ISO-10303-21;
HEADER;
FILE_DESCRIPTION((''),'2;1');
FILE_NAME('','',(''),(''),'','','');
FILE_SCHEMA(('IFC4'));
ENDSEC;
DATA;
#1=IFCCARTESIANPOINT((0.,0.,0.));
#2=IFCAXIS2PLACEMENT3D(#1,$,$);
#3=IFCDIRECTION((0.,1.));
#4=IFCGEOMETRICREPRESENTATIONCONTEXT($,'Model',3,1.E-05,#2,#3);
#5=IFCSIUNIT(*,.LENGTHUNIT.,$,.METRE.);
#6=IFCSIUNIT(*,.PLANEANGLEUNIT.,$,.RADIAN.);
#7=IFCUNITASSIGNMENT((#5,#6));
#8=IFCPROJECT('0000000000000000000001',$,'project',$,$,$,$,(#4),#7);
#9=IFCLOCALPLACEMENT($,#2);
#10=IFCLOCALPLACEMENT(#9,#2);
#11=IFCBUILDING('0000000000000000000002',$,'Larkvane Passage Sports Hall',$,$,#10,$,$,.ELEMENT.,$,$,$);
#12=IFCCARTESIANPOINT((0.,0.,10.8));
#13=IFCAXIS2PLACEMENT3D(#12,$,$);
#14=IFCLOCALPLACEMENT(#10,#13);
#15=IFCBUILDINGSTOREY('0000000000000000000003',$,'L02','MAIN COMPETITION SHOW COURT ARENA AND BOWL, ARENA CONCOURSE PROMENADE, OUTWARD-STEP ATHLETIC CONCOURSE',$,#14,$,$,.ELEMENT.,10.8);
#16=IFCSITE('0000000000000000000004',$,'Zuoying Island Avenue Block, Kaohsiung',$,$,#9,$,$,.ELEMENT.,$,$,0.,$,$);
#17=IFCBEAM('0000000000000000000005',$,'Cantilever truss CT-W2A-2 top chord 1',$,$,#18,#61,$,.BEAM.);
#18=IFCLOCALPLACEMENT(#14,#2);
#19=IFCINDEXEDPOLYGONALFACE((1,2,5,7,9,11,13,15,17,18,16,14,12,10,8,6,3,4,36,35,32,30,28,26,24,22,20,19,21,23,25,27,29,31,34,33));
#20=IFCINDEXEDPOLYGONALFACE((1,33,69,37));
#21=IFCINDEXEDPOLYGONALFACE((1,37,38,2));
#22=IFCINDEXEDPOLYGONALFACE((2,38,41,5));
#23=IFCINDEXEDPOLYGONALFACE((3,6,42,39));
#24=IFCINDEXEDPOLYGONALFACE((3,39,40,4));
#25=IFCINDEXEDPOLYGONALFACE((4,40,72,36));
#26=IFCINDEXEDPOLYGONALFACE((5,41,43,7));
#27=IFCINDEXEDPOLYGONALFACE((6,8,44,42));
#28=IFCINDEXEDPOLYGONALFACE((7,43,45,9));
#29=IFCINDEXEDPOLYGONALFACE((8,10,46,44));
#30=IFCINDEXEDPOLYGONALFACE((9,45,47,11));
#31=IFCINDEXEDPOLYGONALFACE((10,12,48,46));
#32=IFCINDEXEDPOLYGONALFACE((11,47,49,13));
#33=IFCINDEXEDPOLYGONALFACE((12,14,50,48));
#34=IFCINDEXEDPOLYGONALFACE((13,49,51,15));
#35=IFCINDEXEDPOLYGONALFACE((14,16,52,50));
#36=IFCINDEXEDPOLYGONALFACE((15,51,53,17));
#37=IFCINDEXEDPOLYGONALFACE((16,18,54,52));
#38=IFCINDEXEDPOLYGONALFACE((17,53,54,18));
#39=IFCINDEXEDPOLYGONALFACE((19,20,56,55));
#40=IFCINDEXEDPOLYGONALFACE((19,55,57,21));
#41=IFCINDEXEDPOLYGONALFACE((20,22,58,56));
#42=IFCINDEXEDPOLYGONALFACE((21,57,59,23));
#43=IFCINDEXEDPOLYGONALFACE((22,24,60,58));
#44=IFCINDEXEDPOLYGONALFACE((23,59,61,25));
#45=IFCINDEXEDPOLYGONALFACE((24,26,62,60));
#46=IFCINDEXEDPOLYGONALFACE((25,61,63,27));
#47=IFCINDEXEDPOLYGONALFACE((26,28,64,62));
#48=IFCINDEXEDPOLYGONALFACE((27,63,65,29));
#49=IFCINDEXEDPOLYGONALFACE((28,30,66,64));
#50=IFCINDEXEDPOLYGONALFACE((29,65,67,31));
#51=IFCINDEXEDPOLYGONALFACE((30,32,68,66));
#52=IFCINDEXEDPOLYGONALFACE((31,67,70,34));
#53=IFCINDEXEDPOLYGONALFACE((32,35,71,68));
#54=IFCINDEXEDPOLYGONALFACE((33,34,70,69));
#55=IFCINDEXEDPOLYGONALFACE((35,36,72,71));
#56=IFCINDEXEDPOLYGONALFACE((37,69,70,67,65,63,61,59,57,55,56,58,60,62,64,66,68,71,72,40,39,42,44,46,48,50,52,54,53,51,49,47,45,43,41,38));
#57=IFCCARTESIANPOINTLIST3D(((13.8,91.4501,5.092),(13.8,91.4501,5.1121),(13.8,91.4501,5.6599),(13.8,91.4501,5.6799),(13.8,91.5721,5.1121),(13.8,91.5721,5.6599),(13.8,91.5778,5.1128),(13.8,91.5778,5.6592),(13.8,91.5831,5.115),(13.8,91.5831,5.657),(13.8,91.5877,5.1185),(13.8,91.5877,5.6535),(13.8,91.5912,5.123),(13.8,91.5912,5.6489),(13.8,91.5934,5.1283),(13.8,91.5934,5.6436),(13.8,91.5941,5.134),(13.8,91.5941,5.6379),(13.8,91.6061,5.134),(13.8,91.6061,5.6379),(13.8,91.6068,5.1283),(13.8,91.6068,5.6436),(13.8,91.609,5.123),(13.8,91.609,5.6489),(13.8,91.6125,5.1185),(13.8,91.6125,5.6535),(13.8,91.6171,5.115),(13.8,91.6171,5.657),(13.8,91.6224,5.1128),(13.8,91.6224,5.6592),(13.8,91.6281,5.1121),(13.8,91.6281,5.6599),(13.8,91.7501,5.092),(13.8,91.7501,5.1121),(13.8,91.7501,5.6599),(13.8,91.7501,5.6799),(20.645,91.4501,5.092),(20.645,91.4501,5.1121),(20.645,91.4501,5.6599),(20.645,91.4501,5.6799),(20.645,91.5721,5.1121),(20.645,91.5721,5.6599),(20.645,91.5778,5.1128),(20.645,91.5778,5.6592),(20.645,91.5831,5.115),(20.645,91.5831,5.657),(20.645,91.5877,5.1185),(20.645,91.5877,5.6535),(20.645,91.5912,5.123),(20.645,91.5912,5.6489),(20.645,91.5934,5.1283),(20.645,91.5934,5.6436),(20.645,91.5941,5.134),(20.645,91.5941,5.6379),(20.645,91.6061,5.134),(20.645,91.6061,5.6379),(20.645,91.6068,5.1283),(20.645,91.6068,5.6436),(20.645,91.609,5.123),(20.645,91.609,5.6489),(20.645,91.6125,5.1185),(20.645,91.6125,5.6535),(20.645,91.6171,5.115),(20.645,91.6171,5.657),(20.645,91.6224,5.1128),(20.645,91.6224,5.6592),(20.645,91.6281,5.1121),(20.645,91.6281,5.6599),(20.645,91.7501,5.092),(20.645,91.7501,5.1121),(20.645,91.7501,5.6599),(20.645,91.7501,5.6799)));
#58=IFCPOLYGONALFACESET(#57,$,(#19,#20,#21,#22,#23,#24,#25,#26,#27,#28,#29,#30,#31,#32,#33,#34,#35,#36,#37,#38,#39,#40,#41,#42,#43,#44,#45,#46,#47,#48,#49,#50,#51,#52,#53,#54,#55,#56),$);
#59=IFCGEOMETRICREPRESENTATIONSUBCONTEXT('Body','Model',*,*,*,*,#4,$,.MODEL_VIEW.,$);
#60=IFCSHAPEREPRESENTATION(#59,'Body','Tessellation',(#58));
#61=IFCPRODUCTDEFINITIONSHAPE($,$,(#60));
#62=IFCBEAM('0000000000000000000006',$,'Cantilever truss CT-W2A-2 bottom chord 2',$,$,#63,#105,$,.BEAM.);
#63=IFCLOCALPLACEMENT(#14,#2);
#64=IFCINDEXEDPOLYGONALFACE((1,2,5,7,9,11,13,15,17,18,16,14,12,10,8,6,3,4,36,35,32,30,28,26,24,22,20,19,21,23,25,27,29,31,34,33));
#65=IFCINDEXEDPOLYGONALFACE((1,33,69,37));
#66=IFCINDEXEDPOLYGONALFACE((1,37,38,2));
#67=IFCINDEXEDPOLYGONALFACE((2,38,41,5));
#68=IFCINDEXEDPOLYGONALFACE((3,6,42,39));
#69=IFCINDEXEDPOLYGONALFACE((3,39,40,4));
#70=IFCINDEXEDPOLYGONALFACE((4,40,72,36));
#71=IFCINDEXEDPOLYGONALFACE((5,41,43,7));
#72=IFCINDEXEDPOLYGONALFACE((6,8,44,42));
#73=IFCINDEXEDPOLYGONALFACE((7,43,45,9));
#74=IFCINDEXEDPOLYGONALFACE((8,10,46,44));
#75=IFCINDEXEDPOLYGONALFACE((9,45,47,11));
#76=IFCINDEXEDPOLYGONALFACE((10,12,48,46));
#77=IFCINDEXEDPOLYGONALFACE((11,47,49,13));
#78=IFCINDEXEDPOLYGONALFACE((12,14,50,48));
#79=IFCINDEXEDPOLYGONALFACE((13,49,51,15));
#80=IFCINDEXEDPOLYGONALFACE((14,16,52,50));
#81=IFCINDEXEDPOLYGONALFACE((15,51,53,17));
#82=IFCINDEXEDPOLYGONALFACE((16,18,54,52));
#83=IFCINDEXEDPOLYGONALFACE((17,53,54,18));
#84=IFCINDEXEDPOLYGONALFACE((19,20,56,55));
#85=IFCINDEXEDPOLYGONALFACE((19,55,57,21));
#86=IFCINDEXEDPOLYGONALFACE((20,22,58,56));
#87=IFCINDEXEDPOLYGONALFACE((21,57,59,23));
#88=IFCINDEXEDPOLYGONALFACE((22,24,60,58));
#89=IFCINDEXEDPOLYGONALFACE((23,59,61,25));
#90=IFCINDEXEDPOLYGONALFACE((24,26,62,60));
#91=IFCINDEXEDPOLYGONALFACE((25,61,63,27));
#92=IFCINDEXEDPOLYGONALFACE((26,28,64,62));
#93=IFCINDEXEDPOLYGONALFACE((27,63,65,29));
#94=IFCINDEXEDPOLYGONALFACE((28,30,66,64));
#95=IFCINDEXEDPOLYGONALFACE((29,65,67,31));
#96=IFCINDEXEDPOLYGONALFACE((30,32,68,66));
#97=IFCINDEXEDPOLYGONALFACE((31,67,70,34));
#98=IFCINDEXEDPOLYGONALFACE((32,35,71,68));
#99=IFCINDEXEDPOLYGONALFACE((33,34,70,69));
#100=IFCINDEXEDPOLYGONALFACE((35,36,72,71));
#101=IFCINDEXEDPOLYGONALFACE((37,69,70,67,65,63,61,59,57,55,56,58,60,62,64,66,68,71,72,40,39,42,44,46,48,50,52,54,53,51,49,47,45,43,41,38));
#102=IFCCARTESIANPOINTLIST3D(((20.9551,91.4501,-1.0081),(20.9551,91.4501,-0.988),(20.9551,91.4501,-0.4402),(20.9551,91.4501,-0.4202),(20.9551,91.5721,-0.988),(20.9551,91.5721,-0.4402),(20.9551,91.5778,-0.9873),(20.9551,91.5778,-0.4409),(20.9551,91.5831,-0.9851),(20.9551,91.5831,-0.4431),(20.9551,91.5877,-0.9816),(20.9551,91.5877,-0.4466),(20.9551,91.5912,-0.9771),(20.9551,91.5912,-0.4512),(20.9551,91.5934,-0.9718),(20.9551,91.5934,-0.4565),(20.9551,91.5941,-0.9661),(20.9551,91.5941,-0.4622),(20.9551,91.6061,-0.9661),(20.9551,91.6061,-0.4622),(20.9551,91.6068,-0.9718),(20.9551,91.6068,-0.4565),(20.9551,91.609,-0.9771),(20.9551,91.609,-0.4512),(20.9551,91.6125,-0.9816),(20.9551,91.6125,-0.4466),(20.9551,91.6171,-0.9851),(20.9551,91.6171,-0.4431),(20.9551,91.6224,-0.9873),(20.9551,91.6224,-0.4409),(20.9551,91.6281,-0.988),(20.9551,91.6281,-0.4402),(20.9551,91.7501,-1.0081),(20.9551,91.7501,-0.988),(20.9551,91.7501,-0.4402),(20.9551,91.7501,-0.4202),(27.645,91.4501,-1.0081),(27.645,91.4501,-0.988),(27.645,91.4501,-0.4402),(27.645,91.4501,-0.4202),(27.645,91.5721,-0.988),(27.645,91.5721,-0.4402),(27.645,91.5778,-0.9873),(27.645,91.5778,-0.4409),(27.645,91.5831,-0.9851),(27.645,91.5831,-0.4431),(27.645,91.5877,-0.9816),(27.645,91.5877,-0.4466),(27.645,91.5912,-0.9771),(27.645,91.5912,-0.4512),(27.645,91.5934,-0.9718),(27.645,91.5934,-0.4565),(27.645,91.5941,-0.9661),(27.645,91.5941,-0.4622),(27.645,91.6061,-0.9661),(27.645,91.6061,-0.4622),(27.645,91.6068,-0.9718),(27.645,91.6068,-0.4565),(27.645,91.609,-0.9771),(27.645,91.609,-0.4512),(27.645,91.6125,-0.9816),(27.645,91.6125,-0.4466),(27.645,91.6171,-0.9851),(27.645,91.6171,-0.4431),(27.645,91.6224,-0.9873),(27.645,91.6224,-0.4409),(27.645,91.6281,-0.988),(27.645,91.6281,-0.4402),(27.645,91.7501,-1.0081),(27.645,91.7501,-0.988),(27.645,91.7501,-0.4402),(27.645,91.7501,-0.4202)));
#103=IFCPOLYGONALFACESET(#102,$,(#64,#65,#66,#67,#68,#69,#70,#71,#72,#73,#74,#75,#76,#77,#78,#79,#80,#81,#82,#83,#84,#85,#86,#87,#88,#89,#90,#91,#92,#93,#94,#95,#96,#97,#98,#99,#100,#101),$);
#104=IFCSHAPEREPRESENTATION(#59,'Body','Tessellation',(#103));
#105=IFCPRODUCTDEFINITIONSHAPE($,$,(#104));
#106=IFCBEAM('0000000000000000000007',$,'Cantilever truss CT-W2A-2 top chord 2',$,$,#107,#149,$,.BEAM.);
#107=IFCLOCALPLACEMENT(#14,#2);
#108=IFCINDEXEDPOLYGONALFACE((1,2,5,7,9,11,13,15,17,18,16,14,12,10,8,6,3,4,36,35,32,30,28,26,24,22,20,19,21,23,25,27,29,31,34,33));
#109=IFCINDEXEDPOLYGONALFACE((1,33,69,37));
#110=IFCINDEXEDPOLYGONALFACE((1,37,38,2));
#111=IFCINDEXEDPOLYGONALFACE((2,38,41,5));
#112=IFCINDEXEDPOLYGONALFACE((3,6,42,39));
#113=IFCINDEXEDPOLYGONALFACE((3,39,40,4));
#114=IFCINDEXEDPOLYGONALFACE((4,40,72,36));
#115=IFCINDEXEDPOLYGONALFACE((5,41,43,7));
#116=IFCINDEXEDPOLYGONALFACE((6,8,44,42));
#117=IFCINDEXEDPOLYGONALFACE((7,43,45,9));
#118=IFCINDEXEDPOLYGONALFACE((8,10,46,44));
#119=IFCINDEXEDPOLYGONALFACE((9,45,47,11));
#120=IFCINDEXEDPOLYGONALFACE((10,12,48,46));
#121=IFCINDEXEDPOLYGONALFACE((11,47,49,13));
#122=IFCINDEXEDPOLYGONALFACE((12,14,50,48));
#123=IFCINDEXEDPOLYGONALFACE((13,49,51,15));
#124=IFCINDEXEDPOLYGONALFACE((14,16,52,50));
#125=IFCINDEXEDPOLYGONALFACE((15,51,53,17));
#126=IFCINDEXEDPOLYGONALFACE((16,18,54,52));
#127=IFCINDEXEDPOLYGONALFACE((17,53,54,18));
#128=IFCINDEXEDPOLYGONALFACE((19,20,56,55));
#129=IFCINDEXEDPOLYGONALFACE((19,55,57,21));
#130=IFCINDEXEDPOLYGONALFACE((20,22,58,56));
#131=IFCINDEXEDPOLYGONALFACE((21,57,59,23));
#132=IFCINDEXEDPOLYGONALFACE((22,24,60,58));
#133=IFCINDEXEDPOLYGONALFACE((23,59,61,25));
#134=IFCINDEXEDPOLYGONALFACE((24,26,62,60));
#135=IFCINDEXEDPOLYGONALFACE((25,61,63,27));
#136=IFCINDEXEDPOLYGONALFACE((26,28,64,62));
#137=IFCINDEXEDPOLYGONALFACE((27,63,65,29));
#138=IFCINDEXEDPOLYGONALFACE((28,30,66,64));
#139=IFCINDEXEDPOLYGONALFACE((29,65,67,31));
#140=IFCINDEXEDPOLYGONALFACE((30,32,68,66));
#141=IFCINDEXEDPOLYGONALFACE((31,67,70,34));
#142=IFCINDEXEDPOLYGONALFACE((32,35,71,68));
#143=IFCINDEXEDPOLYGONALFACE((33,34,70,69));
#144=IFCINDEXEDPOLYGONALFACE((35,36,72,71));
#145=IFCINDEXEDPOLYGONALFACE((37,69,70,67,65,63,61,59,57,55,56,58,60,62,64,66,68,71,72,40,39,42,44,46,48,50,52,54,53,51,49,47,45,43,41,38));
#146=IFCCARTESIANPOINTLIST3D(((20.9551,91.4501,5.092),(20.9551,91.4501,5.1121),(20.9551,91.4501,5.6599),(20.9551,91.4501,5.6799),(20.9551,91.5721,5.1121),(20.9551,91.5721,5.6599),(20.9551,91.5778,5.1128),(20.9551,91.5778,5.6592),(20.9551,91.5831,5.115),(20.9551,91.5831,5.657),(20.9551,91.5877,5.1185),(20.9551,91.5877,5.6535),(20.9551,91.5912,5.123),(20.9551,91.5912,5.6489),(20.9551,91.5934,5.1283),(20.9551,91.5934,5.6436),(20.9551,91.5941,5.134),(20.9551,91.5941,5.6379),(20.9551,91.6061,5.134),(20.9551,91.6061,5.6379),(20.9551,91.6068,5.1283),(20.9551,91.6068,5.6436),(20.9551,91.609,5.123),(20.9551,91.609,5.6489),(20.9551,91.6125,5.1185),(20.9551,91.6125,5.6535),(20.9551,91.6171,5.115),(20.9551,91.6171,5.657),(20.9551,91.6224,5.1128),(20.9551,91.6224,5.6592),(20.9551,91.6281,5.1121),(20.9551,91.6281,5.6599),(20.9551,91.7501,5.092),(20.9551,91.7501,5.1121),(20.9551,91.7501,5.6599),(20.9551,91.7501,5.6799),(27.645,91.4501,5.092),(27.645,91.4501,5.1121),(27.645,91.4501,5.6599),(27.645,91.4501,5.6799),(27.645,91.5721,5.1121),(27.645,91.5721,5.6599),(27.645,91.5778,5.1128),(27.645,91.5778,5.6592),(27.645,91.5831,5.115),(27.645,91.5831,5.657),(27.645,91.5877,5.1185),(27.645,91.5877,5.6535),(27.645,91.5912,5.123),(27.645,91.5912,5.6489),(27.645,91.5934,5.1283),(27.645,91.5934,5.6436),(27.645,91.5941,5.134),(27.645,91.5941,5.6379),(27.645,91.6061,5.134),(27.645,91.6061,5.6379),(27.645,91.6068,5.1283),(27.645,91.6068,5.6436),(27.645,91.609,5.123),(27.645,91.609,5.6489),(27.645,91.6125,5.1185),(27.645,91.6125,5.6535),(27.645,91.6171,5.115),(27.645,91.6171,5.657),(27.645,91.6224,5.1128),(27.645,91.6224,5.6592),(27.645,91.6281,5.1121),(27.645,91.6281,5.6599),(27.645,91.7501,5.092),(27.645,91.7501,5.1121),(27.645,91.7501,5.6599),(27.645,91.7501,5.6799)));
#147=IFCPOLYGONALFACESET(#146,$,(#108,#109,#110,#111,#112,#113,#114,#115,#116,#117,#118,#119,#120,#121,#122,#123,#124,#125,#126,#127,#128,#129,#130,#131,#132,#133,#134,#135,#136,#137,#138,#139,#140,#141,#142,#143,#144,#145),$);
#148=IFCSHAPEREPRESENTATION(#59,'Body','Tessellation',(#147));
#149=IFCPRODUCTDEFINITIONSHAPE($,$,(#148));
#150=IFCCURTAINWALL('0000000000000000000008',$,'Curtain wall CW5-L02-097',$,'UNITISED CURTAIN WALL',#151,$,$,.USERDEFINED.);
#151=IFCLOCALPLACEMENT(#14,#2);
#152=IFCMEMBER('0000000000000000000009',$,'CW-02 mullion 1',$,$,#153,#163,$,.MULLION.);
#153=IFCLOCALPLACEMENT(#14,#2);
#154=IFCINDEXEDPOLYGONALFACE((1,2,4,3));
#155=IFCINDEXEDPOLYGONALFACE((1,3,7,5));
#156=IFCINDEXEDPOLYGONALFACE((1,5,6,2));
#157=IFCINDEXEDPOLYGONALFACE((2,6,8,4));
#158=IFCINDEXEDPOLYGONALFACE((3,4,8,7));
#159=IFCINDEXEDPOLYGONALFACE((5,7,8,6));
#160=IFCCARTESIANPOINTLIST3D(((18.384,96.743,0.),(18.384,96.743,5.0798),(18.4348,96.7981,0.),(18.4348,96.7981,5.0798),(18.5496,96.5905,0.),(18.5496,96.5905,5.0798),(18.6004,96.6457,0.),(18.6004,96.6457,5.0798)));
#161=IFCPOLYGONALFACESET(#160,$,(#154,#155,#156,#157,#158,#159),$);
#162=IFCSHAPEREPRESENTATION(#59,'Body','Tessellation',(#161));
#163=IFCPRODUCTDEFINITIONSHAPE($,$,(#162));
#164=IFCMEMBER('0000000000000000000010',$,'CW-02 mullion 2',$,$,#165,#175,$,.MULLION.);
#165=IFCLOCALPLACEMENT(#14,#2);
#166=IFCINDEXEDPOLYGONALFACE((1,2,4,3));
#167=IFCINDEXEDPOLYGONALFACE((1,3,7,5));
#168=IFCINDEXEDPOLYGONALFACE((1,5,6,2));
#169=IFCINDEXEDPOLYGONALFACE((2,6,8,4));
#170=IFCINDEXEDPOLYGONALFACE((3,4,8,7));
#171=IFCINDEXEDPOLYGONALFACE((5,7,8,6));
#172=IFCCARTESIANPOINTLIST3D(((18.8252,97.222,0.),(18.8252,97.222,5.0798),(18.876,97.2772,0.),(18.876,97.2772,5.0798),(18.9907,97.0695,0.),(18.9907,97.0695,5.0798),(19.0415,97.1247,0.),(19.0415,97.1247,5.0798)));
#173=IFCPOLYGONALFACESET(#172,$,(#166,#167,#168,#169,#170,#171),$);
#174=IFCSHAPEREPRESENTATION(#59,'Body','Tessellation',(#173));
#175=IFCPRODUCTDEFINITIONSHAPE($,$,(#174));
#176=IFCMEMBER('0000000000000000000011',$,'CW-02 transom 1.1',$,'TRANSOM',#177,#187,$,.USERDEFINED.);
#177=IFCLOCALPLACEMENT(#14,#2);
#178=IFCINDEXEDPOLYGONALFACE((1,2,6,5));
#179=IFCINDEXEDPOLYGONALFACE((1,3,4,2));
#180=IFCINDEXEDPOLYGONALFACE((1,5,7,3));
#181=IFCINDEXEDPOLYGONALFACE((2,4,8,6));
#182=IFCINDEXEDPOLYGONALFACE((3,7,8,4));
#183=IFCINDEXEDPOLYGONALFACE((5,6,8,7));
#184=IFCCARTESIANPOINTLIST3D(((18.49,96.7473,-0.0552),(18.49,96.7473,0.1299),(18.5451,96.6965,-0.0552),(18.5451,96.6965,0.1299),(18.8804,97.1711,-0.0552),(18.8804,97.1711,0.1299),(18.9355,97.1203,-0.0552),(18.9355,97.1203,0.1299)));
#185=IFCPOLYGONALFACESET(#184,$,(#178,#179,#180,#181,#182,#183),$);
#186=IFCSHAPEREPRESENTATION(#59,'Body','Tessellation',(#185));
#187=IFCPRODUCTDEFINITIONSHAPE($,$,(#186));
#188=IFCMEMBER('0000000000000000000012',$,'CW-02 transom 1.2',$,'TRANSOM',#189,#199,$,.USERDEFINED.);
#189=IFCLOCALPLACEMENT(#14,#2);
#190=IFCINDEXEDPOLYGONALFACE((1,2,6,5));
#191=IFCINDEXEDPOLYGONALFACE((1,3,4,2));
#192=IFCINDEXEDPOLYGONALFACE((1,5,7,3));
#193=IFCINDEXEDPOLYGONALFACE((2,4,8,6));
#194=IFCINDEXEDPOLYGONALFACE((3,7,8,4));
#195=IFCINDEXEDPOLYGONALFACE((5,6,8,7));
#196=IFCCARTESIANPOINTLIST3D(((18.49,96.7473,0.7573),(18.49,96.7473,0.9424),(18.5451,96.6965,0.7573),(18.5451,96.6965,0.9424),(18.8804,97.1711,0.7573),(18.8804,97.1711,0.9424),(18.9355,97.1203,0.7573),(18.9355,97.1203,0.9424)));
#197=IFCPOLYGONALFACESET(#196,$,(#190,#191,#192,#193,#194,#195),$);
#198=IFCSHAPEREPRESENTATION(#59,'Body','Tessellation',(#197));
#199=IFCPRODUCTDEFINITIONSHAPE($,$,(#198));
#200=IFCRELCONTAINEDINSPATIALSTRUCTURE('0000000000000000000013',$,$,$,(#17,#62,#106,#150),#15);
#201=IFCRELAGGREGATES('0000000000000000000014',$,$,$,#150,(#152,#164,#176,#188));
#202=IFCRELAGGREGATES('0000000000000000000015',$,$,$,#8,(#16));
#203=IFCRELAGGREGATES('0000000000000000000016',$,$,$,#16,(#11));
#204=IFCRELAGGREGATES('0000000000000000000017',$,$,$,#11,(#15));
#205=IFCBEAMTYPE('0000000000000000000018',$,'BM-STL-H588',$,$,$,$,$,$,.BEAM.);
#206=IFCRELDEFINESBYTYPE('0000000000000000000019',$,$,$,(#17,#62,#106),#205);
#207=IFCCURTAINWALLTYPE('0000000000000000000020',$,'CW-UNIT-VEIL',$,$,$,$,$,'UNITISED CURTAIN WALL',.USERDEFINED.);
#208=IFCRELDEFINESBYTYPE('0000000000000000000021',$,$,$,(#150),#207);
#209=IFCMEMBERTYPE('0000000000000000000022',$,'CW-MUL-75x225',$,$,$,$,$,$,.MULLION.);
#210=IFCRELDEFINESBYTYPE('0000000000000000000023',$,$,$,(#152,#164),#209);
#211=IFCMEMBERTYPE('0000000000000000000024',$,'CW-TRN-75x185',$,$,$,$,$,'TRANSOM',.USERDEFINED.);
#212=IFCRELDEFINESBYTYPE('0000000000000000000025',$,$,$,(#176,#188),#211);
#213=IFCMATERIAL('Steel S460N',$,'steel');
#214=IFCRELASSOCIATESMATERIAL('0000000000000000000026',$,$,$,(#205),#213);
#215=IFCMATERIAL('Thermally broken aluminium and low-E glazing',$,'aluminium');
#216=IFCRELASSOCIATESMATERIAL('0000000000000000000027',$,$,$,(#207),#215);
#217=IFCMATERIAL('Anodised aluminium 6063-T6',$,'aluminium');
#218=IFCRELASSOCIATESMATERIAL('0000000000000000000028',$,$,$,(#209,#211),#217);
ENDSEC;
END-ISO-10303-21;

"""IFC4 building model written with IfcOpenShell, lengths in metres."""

from ifc_helpers import new_model, si_unit, direction, frame, origin, origin_2d, place, context, subcontext, project, spatial, rectangle, i_section, extrude, material, material_profile, profile_set, type_object, element, aggregate, save


model = new_model("IFC4")

# Units and contexts
model_context = context("Model", 3, precision=1e-05, world=origin(), true_north=direction((0.0, 1.0)))
body_context = subcontext(model_context, "Body", "Model", "MODEL_VIEW")
ifc_project = project(units=[si_unit("LENGTHUNIT", "METRE"), si_unit("PLANEANGLEUNIT", "RADIAN")], contexts=[model_context])

# Site, building, storey
site_placement = place(None, origin())
site = spatial("IfcSite", under=ifc_project, at=site_placement, Name="Zuoying Island Avenue Block, Kaohsiung", CompositionType="ELEMENT", RefElevation=0.0)
building_placement = place(site_placement, origin())
building = spatial("IfcBuilding", under=site, at=building_placement, Name="Larkvane Passage Sports Hall", CompositionType="ELEMENT")
storey_placement = place(building_placement, frame((0.0, 0.0, 10.8)))
storey = spatial("IfcBuildingStorey", under=building, at=storey_placement, Name="L02", Description="MAIN COMPETITION SHOW COURT ARENA AND BOWL, ARENA CONCOURSE PROMENADE, OUTWARD-STEP ATHLETIC CONCOURSE", CompositionType="ELEMENT", Elevation=10.8)

# Beams
ifc_material_1 = material(Name="Steel S460N", Category="steel")
ifc_material_profile_1 = material_profile(ifc_material_1, i_section(OverallWidth=0.3, OverallDepth=0.5879, WebThickness=0.012, FlangeThickness=0.02, FilletRadius=0.022, at=origin_2d()), Name="H-588x300x12x20")
ifc_profile_set_1 = profile_set([ifc_material_profile_1], Name="Steel S460N")
beam_type = type_object("IfcBeamType", Name="BM-STL-H588", PredefinedType="BEAM", material=ifc_profile_set_1)
beam_placement = place(storey_placement, frame((13.8, 91.6001, 5.386), z_axis=(1.0, 0.0, 0.0), x_axis=(0.0, 1.0, 0.0)))
element("IfcBeam", 1, at=beam_placement, inside=storey, type_object=beam_type, Name="Cantilever truss CT-W2A-2 top chord 1", PredefinedType="BEAM", context=body_context, shape_type="SweptSolid", body=[
    extrude(i_section(OverallWidth=0.3, OverallDepth=0.5879, WebThickness=0.012, FlangeThickness=0.02, FilletRadius=0.022, at=origin_2d()), origin(), (0.0, 0.0, 1.0), 6.845),
])
for number, where, z_axis, x_axis, name in (
    (2, (20.9551, 91.6001, -0.7141), (1.0, 0.0, 0.0), (0.0, 1.0, 0.0), "Cantilever truss CT-W2A-2 bottom chord 2"),
    (3, (20.9551, 91.6001, 5.386), (1.0, 0.0, 0.0), (0.0, 1.0, 0.0), "Cantilever truss CT-W2A-2 top chord 2"),
):
    element("IfcBeam", number, at=place(storey_placement, frame(where, z_axis=z_axis, x_axis=x_axis)), inside=storey, type_object=beam_type, Name=name, PredefinedType="BEAM", context=body_context, shape_type="SweptSolid", body=[
        extrude(i_section(OverallWidth=0.3, OverallDepth=0.5879, WebThickness=0.012, FlangeThickness=0.02, FilletRadius=0.022, at=origin_2d()), origin(), (0.0, 0.0, 1.0), 6.6899),
    ])

# Curtain wall, members
ifc_material_2 = material(Name="Thermally broken aluminium and low-E glazing", Category="aluminium")
curtain_wall_type = type_object("IfcCurtainWallType", Name="CW-UNIT-VEIL", ElementType="UNITISED CURTAIN WALL", PredefinedType="USERDEFINED", material=ifc_material_2)
curtain_wall_placement = place(storey_placement, origin())
curtain_wall = element("IfcCurtainWall", 4, at=curtain_wall_placement, inside=storey, type_object=curtain_wall_type, Name="Curtain wall CW5-L02-097", ObjectType="UNITISED CURTAIN WALL", PredefinedType="USERDEFINED")
ifc_material_3 = material(Name="Anodised aluminium 6063-T6", Category="aluminium")
ifc_material_profile_2 = material_profile(ifc_material_3, rectangle(XDim=0.075, YDim=0.2251, at=origin_2d()), Name="ALU-MUL-75x225")
ifc_profile_set_2 = profile_set([ifc_material_profile_2], Name="Anodised aluminium 6063-T6")
member_type_1 = type_object("IfcMemberType", Name="CW-MUL-75x225", PredefinedType="MULLION", material=ifc_profile_set_2)
member_1_placement = place(storey_placement, frame((18.4922, 96.6943, 0.0), z_axis=(0.0, 0.0, 1.0), x_axis=(0.677475, 0.735545, 0.0)))
member_1 = element("IfcMember", 5, at=member_1_placement, type_object=member_type_1, Name="CW-02 mullion 1", PredefinedType="MULLION", context=body_context, shape_type="SweptSolid", body=[
    extrude(rectangle(XDim=0.075, YDim=0.2251, at=origin_2d()), origin(), (0.0, 0.0, 1.0), 5.0798),
])
member_2_placement = place(storey_placement, frame((18.9333, 97.1733, 0.0), z_axis=(0.0, 0.0, 1.0), x_axis=(0.677475, 0.735545, 0.0)))
member_2 = element("IfcMember", 6, at=member_2_placement, type_object=member_type_1, Name="CW-02 mullion 2", PredefinedType="MULLION", context=body_context, shape_type="SweptSolid", body=[
    extrude(rectangle(XDim=0.075, YDim=0.2251, at=origin_2d()), origin(), (0.0, 0.0, 1.0), 5.0798),
])
ifc_material_profile_3 = material_profile(ifc_material_3, rectangle(XDim=0.075, YDim=0.1851, at=origin_2d()), Name="ALU-TRN-75x185")
ifc_profile_set_3 = profile_set([ifc_material_profile_3], Name="Anodised aluminium 6063-T6")
member_type_2 = type_object("IfcMemberType", Name="CW-TRN-75x185", ElementType="TRANSOM", PredefinedType="USERDEFINED", material=ifc_profile_set_3)
member_3_placement = place(storey_placement, frame((18.5176, 96.7219, 0.0374), z_axis=(0.677488, 0.735534, 0.0), x_axis=(-0.735534, 0.677488, 0.0)))
member_3 = element("IfcMember", 7, at=member_3_placement, type_object=member_type_2, Name="CW-02 transom 1.1", ObjectType="TRANSOM", PredefinedType="USERDEFINED", context=body_context, shape_type="SweptSolid", body=[
    extrude(rectangle(XDim=0.075, YDim=0.1851, at=origin_2d()), origin(), (0.0, 0.0, 1.0), 0.5762),
])
member_4_placement = place(storey_placement, frame((18.5176, 96.7219, 0.8499), z_axis=(0.677488, 0.735534, 0.0), x_axis=(-0.735534, 0.677488, 0.0)))
member_4 = element("IfcMember", 8, at=member_4_placement, type_object=member_type_2, Name="CW-02 transom 1.2", ObjectType="TRANSOM", PredefinedType="USERDEFINED", context=body_context, shape_type="SweptSolid", body=[
    extrude(rectangle(XDim=0.075, YDim=0.1851, at=origin_2d()), origin(), (0.0, 0.0, 1.0), 0.5762),
])

aggregate(curtain_wall, [member_1, member_2, member_3, member_4])

save(model, "model.ifc")
